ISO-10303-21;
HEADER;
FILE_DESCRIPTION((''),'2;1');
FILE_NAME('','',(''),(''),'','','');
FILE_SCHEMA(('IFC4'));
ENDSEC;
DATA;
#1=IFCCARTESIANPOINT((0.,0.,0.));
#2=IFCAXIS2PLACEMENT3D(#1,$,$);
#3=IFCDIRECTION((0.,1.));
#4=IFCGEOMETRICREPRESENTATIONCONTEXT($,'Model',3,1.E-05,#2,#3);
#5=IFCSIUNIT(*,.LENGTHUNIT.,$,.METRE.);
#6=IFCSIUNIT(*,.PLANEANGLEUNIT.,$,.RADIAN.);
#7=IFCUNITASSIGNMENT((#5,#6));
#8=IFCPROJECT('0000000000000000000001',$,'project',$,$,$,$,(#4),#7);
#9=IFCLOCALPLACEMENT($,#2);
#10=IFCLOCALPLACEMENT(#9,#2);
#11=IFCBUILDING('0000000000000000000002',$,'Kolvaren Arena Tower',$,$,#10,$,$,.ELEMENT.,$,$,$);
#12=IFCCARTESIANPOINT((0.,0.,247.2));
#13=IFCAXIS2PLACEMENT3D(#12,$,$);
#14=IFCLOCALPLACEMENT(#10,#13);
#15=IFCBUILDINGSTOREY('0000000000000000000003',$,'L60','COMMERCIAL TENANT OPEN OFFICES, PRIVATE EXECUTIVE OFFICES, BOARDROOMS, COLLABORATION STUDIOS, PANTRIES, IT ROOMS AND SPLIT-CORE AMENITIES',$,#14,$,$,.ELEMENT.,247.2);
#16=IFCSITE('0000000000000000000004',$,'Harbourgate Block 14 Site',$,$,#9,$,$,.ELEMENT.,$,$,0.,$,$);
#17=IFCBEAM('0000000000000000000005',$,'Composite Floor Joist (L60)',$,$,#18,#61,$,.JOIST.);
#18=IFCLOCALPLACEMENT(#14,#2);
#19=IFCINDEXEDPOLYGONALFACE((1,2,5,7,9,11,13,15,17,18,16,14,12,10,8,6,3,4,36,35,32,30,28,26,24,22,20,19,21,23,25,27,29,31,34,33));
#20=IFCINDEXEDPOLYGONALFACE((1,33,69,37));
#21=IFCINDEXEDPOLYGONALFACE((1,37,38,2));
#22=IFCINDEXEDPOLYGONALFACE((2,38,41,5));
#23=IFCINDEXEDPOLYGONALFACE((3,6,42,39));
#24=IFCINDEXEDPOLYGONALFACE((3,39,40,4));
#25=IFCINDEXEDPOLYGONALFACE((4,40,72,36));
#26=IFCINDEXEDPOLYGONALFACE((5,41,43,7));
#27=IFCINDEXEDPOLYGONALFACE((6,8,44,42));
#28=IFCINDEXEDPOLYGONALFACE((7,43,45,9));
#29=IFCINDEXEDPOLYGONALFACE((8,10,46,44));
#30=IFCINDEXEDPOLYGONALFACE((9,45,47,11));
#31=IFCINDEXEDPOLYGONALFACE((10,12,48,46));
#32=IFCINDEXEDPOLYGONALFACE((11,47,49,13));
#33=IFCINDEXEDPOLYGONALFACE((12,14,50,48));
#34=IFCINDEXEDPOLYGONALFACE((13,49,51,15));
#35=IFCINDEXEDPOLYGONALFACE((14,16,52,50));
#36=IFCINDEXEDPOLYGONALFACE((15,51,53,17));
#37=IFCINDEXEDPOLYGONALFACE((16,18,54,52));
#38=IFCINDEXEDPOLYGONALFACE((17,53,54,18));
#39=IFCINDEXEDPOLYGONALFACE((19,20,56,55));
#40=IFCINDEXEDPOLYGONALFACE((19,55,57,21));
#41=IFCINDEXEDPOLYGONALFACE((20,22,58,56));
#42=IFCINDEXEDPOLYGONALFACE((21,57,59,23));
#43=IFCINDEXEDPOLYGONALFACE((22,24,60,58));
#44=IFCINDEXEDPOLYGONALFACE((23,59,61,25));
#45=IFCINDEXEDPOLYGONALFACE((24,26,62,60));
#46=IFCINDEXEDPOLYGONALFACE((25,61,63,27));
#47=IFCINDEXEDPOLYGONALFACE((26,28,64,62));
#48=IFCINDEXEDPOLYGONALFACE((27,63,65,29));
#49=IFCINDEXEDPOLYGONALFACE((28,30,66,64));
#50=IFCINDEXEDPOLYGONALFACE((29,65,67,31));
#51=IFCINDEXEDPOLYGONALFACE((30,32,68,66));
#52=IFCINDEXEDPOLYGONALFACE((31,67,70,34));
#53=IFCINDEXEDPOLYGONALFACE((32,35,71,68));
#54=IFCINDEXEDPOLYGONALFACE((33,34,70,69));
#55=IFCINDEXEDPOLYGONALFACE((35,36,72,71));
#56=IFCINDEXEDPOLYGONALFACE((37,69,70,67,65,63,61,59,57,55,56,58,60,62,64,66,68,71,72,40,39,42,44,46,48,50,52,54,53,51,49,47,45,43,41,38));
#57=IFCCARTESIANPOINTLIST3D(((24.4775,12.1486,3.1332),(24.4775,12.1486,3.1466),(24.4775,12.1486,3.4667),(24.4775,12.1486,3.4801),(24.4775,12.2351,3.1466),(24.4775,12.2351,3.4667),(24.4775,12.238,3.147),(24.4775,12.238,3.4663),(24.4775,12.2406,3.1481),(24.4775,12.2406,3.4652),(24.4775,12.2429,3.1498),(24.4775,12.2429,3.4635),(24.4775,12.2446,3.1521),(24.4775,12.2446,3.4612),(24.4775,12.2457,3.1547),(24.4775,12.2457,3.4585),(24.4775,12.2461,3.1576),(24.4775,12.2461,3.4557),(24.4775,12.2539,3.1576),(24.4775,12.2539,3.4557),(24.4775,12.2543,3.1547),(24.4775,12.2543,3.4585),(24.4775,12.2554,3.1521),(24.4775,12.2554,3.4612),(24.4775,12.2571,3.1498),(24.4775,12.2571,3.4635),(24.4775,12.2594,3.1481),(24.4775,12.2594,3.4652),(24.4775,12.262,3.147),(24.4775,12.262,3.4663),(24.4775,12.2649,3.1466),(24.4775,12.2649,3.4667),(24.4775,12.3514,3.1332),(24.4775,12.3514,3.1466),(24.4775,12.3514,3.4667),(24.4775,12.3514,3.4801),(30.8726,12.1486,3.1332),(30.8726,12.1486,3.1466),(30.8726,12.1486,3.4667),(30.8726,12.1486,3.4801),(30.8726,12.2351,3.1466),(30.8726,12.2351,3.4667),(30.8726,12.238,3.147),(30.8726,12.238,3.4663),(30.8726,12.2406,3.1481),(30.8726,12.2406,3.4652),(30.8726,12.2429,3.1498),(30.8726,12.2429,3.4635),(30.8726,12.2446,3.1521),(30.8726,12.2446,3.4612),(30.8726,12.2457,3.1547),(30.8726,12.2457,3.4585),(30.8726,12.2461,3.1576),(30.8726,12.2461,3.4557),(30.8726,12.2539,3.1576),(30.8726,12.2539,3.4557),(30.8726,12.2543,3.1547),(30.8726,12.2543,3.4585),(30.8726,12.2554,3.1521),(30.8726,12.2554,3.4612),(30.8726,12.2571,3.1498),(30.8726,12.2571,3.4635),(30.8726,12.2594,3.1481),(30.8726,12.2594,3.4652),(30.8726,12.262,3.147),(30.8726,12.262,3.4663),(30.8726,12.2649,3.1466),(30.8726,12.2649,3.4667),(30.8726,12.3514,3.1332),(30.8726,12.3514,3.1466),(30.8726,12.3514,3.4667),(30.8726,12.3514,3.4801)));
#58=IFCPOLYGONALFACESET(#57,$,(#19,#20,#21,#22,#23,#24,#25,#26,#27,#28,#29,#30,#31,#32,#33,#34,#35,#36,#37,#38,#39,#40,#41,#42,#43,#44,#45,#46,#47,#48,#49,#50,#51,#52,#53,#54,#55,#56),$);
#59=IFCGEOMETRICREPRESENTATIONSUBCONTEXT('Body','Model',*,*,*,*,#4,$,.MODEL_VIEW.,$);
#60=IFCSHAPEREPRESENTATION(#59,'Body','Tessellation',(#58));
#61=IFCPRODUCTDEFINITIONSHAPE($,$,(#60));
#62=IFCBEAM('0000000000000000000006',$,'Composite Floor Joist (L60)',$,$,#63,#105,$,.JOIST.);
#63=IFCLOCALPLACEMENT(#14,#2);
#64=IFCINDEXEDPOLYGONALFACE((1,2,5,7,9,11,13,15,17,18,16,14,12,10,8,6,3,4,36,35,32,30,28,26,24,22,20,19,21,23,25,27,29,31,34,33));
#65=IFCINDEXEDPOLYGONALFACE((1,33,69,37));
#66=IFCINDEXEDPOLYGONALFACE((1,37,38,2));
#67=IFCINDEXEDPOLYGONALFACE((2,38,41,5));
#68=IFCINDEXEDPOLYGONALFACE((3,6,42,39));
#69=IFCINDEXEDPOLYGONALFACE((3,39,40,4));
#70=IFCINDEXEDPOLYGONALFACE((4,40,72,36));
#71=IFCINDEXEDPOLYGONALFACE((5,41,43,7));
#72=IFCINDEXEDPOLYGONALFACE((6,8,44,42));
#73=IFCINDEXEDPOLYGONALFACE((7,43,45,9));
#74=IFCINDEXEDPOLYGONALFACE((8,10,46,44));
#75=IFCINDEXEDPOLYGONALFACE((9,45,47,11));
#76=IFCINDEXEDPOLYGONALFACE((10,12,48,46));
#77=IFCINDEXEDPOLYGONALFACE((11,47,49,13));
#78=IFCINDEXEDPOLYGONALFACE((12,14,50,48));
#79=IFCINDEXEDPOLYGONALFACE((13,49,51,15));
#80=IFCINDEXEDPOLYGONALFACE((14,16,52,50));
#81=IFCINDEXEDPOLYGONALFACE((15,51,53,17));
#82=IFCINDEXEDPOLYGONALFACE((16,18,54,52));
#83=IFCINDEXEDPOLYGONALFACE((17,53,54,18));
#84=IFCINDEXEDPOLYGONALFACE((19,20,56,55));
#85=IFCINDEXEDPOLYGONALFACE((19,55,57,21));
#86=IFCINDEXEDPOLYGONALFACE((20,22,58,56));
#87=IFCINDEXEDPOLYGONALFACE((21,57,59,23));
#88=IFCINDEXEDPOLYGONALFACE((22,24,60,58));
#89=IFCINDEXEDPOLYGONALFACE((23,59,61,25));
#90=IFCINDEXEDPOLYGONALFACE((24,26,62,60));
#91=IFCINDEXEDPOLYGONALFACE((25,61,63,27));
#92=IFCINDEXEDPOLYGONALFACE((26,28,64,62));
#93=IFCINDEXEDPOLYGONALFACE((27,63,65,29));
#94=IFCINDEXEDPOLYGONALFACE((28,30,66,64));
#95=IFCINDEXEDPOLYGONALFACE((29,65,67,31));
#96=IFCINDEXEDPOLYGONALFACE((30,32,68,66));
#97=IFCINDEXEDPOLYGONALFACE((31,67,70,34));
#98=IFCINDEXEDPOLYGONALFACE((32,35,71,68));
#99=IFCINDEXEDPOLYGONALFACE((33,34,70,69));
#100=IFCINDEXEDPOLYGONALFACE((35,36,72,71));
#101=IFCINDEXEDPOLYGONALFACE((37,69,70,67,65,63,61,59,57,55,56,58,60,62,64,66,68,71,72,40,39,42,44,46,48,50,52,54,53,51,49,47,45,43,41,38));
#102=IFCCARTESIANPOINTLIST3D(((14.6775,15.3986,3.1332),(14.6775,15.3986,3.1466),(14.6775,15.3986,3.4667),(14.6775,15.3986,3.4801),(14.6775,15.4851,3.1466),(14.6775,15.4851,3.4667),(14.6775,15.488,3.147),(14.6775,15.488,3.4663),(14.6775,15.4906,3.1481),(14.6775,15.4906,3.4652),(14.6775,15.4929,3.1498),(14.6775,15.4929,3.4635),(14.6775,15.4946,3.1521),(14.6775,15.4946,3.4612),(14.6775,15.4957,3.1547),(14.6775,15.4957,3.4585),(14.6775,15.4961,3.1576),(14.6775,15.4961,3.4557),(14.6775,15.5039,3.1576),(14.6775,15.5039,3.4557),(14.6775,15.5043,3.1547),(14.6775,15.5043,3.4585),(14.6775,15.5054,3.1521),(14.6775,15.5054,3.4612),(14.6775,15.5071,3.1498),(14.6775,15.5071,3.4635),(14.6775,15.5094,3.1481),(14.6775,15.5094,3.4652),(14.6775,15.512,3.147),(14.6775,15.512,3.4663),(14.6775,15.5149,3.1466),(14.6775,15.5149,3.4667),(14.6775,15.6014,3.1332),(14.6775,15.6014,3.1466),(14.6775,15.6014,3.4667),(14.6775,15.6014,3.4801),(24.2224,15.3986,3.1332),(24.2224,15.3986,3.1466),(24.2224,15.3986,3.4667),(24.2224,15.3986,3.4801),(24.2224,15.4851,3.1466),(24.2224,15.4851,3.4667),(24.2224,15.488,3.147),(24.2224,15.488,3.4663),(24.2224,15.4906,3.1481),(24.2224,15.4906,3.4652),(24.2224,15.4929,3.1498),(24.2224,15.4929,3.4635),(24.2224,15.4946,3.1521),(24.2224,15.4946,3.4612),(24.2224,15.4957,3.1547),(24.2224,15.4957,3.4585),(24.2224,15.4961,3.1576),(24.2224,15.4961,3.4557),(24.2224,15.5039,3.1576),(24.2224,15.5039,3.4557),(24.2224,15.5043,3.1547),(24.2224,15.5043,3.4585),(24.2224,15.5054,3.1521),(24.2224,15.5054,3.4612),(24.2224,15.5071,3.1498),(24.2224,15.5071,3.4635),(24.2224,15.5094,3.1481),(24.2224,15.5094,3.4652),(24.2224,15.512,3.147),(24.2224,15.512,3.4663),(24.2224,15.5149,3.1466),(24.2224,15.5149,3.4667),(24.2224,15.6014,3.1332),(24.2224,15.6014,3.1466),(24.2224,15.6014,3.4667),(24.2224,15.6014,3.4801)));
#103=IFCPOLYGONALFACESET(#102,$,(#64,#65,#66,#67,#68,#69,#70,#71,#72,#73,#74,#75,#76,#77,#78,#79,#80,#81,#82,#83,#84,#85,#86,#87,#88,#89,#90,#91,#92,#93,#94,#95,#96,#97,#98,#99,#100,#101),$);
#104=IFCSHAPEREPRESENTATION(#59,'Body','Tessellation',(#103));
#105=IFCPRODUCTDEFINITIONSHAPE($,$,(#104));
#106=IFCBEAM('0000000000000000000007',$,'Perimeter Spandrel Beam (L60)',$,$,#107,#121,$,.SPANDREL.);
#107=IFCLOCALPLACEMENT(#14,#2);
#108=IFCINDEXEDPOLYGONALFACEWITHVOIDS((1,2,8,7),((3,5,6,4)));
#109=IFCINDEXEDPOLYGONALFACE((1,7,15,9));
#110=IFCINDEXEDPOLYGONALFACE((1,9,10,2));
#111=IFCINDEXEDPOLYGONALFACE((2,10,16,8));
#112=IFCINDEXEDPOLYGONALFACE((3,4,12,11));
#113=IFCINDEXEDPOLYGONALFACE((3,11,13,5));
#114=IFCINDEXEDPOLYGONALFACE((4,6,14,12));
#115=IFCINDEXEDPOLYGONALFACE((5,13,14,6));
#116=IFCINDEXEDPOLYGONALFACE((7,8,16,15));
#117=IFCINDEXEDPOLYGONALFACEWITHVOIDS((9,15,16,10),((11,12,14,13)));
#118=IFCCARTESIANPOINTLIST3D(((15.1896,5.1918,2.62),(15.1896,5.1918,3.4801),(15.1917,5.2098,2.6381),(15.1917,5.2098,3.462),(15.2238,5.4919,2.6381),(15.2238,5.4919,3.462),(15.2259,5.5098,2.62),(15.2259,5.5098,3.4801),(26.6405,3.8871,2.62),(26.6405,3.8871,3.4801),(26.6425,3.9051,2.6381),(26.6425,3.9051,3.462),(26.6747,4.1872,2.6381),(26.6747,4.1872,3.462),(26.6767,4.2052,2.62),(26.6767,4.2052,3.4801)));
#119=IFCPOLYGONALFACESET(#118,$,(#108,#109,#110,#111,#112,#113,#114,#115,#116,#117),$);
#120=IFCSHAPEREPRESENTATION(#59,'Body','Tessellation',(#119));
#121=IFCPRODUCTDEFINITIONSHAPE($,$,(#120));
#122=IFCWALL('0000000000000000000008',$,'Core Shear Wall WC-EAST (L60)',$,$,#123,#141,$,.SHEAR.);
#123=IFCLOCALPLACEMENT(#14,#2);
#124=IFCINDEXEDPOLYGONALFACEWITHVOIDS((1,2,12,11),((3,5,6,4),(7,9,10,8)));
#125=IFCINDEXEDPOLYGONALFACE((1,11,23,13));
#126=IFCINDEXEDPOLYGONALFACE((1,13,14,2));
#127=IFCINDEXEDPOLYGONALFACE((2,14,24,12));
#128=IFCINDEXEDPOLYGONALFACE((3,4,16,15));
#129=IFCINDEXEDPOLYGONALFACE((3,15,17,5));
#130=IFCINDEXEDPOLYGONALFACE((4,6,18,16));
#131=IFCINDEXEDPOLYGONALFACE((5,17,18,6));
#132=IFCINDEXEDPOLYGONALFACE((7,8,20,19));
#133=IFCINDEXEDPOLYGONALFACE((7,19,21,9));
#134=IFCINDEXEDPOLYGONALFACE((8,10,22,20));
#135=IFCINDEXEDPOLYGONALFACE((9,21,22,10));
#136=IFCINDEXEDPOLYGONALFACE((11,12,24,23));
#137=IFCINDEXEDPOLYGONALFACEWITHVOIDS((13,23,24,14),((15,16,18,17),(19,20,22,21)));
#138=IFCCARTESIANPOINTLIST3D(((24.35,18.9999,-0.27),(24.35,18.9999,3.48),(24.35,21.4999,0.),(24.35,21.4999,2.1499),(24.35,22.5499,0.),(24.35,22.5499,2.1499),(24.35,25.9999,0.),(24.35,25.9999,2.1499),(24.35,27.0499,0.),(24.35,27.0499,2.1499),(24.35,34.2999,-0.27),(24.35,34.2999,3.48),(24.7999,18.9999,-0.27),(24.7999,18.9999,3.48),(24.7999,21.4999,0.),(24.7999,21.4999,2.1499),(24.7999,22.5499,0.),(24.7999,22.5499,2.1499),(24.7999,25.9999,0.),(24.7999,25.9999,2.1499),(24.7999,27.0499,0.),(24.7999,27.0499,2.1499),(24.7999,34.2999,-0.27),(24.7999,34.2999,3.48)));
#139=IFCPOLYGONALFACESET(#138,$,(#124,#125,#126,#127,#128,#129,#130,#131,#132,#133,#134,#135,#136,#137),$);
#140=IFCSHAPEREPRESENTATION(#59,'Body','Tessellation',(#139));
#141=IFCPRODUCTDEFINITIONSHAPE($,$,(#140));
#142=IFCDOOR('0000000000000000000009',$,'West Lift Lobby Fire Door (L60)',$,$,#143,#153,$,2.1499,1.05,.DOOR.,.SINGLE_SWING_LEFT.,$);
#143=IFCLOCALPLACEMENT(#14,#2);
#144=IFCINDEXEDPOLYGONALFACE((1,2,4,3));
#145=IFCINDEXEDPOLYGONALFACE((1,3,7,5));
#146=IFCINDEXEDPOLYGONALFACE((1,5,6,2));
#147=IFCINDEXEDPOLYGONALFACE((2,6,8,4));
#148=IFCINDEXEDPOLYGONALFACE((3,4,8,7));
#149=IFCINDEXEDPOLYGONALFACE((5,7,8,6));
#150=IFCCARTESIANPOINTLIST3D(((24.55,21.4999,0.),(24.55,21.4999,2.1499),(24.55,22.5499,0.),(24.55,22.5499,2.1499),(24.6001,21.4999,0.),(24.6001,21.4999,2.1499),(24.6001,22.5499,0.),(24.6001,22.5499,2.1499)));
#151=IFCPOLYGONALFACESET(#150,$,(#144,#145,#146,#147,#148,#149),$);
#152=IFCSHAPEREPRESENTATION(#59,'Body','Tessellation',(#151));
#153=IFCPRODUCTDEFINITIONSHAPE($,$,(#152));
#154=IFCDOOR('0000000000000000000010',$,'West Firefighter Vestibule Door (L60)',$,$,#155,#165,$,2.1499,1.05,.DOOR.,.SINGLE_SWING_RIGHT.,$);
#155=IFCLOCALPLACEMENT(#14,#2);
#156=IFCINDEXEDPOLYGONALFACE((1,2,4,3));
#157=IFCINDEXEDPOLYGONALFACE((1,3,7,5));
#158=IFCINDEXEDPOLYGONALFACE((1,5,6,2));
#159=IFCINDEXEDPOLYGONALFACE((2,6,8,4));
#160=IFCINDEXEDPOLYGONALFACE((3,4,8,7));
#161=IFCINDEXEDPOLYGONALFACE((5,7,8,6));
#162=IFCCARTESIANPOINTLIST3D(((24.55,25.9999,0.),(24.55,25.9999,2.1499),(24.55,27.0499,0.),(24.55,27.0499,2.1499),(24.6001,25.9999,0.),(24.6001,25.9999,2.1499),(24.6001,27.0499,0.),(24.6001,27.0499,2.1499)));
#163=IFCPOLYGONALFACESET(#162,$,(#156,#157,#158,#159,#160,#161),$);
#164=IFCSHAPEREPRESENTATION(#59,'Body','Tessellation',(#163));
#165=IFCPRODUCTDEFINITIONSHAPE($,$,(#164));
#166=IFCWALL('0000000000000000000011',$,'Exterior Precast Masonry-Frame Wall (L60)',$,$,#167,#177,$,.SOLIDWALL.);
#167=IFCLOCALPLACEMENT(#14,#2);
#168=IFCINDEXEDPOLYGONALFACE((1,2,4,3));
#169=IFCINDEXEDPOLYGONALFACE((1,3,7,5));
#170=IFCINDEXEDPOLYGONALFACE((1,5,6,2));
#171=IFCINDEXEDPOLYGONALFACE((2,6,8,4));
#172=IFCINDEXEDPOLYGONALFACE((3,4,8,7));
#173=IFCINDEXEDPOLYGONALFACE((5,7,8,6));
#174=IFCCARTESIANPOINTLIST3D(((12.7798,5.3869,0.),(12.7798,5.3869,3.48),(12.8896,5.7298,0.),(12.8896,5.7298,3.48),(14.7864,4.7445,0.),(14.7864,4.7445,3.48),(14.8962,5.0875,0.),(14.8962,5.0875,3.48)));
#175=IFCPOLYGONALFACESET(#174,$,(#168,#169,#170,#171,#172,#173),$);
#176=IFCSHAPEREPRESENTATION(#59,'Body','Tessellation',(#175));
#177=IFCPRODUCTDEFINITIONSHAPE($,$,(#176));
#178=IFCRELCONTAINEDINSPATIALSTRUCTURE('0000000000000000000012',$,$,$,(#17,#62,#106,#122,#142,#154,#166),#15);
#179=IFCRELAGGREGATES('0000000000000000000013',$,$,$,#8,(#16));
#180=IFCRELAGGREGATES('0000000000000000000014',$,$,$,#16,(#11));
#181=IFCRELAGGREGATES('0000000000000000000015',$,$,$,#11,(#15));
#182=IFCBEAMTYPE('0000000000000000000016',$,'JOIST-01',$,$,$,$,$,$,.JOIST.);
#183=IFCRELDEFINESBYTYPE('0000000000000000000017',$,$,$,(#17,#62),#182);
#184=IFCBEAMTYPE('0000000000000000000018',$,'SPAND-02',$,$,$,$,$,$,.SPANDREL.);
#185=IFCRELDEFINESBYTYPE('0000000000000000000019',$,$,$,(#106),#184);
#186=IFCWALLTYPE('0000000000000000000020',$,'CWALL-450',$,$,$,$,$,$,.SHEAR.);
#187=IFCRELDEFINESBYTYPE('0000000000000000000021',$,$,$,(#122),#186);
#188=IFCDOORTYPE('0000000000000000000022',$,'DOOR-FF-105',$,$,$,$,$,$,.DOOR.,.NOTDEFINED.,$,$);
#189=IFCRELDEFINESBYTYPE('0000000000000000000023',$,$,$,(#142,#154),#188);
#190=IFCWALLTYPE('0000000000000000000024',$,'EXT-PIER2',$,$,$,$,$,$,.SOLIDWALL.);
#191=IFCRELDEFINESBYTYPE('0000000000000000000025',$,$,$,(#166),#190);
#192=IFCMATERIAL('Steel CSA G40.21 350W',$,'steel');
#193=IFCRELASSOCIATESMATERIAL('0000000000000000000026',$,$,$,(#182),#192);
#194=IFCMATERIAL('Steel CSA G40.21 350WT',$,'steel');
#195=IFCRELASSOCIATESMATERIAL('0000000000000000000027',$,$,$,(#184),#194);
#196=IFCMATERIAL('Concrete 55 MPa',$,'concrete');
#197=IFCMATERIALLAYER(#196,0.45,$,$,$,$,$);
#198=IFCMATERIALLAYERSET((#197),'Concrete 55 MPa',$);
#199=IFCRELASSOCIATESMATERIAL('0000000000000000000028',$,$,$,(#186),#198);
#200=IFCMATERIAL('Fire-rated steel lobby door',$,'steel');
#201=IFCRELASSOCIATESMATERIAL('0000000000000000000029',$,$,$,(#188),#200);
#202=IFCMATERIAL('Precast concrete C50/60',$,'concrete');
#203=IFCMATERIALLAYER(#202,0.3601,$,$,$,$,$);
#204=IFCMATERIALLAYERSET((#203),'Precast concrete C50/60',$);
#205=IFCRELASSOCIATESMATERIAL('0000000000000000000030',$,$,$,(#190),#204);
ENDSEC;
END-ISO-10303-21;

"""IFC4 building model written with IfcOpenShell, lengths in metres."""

from ifc_helpers import new_model, si_unit, direction, frame, frame_2d, origin, origin_2d, place, context, subcontext, project, spatial, rectangle, hollow_rectangle, i_section, extrude, material, layer, layer_set, material_profile, profile_set, type_object, element, fill, save


model = new_model("IFC4")

# Units and contexts
model_context = context("Model", 3, precision=1e-05, world=origin(), true_north=direction((0.0, 1.0)))
body_context = subcontext(model_context, "Body", "Model", "MODEL_VIEW")
ifc_project = project(units=[si_unit("LENGTHUNIT", "METRE"), si_unit("PLANEANGLEUNIT", "RADIAN")], contexts=[model_context])

# Site, building, storey
site_placement = place(None, origin())
site = spatial("IfcSite", under=ifc_project, at=site_placement, Name="Harbourgate Block 14 Site", CompositionType="ELEMENT", RefElevation=0.0)
building_placement = place(site_placement, origin())
building = spatial("IfcBuilding", under=site, at=building_placement, Name="Kolvaren Arena Tower", CompositionType="ELEMENT")
storey_placement = place(building_placement, frame((0.0, 0.0, 247.2)))
storey = spatial("IfcBuildingStorey", under=building, at=storey_placement, Name="L60", Description="COMMERCIAL TENANT OPEN OFFICES, PRIVATE EXECUTIVE OFFICES, BOARDROOMS, COLLABORATION STUDIOS, PANTRIES, IT ROOMS AND SPLIT-CORE AMENITIES", CompositionType="ELEMENT", Elevation=247.2)

# Beams
ifc_material_1 = material(Name="Steel CSA G40.21 350W", Category="steel")
ifc_material_profile_1 = material_profile(ifc_material_1, i_section(OverallWidth=0.2029, OverallDepth=0.3469, WebThickness=0.0078, FlangeThickness=0.0134, FilletRadius=0.011, at=origin_2d()), Name="W360x64")
ifc_profile_set_1 = profile_set([ifc_material_profile_1], Name="Steel CSA G40.21 350W")
beam_type_1 = type_object("IfcBeamType", Name="JOIST-01", PredefinedType="JOIST", material=ifc_profile_set_1)
for number, where, z_axis, x_axis, name in (
    (1, (24.4775, 12.25, 3.3066), (1.0, 0.0, 0.0), (0.0, 1.0, 0.0), "Composite Floor Joist (L60)"),
):
    element("IfcBeam", number, at=place(storey_placement, frame(where, z_axis=z_axis, x_axis=x_axis)), inside=storey, type_object=beam_type_1, Name=name, PredefinedType="JOIST", context=body_context, shape_type="SweptSolid", body=[
        extrude(i_section(OverallWidth=0.2029, OverallDepth=0.3469, WebThickness=0.0078, FlangeThickness=0.0134, FilletRadius=0.011, at=origin_2d()), origin(), (0.0, 0.0, 1.0), 6.395),
    ])
beam_1_placement = place(storey_placement, frame((14.6775, 15.5, 3.3066), z_axis=(1.0, 0.0, 0.0), x_axis=(0.0, 1.0, 0.0)))
element("IfcBeam", 2, at=beam_1_placement, inside=storey, type_object=beam_type_1, Name="Composite Floor Joist (L60)", PredefinedType="JOIST", context=body_context, shape_type="SweptSolid", body=[
    extrude(i_section(OverallWidth=0.2029, OverallDepth=0.3469, WebThickness=0.0078, FlangeThickness=0.0134, FilletRadius=0.011, at=origin_2d()), origin(), (0.0, 0.0, 1.0), 9.5449),
])
ifc_material_2 = material(Name="Steel CSA G40.21 350WT", Category="steel")
ifc_material_profile_2 = material_profile(ifc_material_2, hollow_rectangle(XDim=0.3201, YDim=0.8601, WallThickness=0.0181, at=origin_2d()), Name="HSS 860x320x18")
ifc_profile_set_2 = profile_set([ifc_material_profile_2], Name="Steel CSA G40.21 350WT")
beam_type_2 = type_object("IfcBeamType", Name="SPAND-02", PredefinedType="SPANDREL", material=ifc_profile_set_2)
beam_2_placement = place(storey_placement, frame((15.2078, 5.3508, 3.05), z_axis=(0.993572, -0.113205, 0.0), x_axis=(0.113205, 0.993572, 0.0)))
element("IfcBeam", 3, at=beam_2_placement, inside=storey, type_object=beam_type_2, Name="Perimeter Spandrel Beam (L60)", PredefinedType="SPANDREL", context=body_context, shape_type="SweptSolid", body=[
    extrude(hollow_rectangle(XDim=0.3201, YDim=0.8601, WallThickness=0.0181, at=origin_2d()), origin(), (0.0, 0.0, 1.0), 11.5249),
])

# Wall, openings, doors
ifc_material_3 = material(Name="Concrete 55 MPa", Category="concrete")
ifc_layer_1 = layer(ifc_material_3, 0.45)
ifc_layer_set_1 = layer_set([ifc_layer_1], Name="Concrete 55 MPa")
wall_type_1 = type_object("IfcWallType", Name="CWALL-450", PredefinedType="SHEAR", material=ifc_layer_set_1)
wall_1_placement = place(storey_placement, frame((24.575, 19.0, -0.27), z_axis=(0.0, 0.0, 1.0), x_axis=(0.0, 1.0, 0.0)))
wall_1 = element("IfcWall", 4, at=wall_1_placement, inside=storey, type_object=wall_type_1, Name="Core Shear Wall WC-EAST (L60)", PredefinedType="SHEAR", context=body_context, shape_type="SweptSolid", body=[
    extrude(rectangle(XDim=15.3, YDim=0.45, at=frame_2d((7.6499, 0.0))), origin(), (0.0, 0.0, 1.0), 3.75),
])
opening_1_placement = place(wall_1_placement, frame((2.5, 0.0, 0.27)))
opening_1 = element("IfcOpeningElement", 5, at=opening_1_placement, cuts=wall_1, PredefinedType="OPENING", context=body_context, shape_type="SweptSolid", body=[
    extrude(rectangle(XDim=1.05, YDim=2.1499, at=frame_2d((0.5249, 1.075))), frame((0.0, 0.2349, 0.0), z_axis=(0.0, -1.0, 0.0), x_axis=(1.0, 0.0, 0.0)), (0.0, 0.0, 1.0), 0.47),
])
opening_2_placement = place(wall_1_placement, frame((7.0, 0.0, 0.27)))
opening_2 = element("IfcOpeningElement", 6, at=opening_2_placement, cuts=wall_1, PredefinedType="OPENING", context=body_context, shape_type="SweptSolid", body=[
    extrude(rectangle(XDim=1.05, YDim=2.1499, at=frame_2d((0.5249, 1.075))), frame((0.0, 0.2349, 0.0), z_axis=(0.0, -1.0, 0.0), x_axis=(1.0, 0.0, 0.0)), (0.0, 0.0, 1.0), 0.47),
])
ifc_material_4 = material(Name="Fire-rated steel lobby door", Category="steel")
door_type = type_object("IfcDoorType", Name="DOOR-FF-105", OperationType="NOTDEFINED", PredefinedType="DOOR", material=ifc_material_4)
door_1_placement = place(opening_1_placement, origin())
door_1 = element("IfcDoor", 7, at=door_1_placement, inside=storey, type_object=door_type, Name="West Lift Lobby Fire Door (L60)", OperationType="SINGLE_SWING_LEFT", OverallHeight=2.1499, OverallWidth=1.05, PredefinedType="DOOR", context=body_context, shape_type="SweptSolid", body=[
    extrude(rectangle(XDim=1.05, YDim=2.1499, at=frame_2d((0.5249, 1.075))), frame((0.0, 0.0249, 0.0), z_axis=(0.0, -1.0, 0.0), x_axis=(1.0, 0.0, 0.0)), (0.0, 0.0, 1.0), 0.05),
])
fill(opening_1, door_1)
door_2_placement = place(opening_2_placement, origin())
door_2 = element("IfcDoor", 8, at=door_2_placement, inside=storey, type_object=door_type, Name="West Firefighter Vestibule Door (L60)", OperationType="SINGLE_SWING_RIGHT", OverallHeight=2.1499, OverallWidth=1.05, PredefinedType="DOOR", context=body_context, shape_type="SweptSolid", body=[
    extrude(rectangle(XDim=1.05, YDim=2.1499, at=frame_2d((0.5249, 1.075))), frame((0.0, 0.0249, 0.0), z_axis=(0.0, -1.0, 0.0), x_axis=(1.0, 0.0, 0.0)), (0.0, 0.0, 1.0), 0.05),
])
fill(opening_2, door_2)

# Wall
ifc_material_5 = material(Name="Precast concrete C50/60", Category="concrete")
ifc_layer_2 = layer(ifc_material_5, 0.3601)
ifc_layer_set_2 = layer_set([ifc_layer_2], Name="Precast concrete C50/60")
wall_type_2 = type_object("IfcWallType", Name="EXT-PIER2", PredefinedType="SOLIDWALL", material=ifc_layer_set_2)
wall_2_placement = place(storey_placement, frame((14.8413, 4.916, 0.0), z_axis=(0.0, 0.0, 1.0), x_axis=(-0.952393, 0.304872, 0.0)))
element("IfcWall", 9, at=wall_2_placement, inside=storey, type_object=wall_type_2, Name="Exterior Precast Masonry-Frame Wall (L60)", PredefinedType="SOLIDWALL", context=body_context, shape_type="SweptSolid", body=[
    extrude(rectangle(XDim=2.1069, YDim=0.3601, at=frame_2d((1.0535, 0.0))), origin(), (0.0, 0.0, 1.0), 3.48),
])

save(model, "model.ifc")
